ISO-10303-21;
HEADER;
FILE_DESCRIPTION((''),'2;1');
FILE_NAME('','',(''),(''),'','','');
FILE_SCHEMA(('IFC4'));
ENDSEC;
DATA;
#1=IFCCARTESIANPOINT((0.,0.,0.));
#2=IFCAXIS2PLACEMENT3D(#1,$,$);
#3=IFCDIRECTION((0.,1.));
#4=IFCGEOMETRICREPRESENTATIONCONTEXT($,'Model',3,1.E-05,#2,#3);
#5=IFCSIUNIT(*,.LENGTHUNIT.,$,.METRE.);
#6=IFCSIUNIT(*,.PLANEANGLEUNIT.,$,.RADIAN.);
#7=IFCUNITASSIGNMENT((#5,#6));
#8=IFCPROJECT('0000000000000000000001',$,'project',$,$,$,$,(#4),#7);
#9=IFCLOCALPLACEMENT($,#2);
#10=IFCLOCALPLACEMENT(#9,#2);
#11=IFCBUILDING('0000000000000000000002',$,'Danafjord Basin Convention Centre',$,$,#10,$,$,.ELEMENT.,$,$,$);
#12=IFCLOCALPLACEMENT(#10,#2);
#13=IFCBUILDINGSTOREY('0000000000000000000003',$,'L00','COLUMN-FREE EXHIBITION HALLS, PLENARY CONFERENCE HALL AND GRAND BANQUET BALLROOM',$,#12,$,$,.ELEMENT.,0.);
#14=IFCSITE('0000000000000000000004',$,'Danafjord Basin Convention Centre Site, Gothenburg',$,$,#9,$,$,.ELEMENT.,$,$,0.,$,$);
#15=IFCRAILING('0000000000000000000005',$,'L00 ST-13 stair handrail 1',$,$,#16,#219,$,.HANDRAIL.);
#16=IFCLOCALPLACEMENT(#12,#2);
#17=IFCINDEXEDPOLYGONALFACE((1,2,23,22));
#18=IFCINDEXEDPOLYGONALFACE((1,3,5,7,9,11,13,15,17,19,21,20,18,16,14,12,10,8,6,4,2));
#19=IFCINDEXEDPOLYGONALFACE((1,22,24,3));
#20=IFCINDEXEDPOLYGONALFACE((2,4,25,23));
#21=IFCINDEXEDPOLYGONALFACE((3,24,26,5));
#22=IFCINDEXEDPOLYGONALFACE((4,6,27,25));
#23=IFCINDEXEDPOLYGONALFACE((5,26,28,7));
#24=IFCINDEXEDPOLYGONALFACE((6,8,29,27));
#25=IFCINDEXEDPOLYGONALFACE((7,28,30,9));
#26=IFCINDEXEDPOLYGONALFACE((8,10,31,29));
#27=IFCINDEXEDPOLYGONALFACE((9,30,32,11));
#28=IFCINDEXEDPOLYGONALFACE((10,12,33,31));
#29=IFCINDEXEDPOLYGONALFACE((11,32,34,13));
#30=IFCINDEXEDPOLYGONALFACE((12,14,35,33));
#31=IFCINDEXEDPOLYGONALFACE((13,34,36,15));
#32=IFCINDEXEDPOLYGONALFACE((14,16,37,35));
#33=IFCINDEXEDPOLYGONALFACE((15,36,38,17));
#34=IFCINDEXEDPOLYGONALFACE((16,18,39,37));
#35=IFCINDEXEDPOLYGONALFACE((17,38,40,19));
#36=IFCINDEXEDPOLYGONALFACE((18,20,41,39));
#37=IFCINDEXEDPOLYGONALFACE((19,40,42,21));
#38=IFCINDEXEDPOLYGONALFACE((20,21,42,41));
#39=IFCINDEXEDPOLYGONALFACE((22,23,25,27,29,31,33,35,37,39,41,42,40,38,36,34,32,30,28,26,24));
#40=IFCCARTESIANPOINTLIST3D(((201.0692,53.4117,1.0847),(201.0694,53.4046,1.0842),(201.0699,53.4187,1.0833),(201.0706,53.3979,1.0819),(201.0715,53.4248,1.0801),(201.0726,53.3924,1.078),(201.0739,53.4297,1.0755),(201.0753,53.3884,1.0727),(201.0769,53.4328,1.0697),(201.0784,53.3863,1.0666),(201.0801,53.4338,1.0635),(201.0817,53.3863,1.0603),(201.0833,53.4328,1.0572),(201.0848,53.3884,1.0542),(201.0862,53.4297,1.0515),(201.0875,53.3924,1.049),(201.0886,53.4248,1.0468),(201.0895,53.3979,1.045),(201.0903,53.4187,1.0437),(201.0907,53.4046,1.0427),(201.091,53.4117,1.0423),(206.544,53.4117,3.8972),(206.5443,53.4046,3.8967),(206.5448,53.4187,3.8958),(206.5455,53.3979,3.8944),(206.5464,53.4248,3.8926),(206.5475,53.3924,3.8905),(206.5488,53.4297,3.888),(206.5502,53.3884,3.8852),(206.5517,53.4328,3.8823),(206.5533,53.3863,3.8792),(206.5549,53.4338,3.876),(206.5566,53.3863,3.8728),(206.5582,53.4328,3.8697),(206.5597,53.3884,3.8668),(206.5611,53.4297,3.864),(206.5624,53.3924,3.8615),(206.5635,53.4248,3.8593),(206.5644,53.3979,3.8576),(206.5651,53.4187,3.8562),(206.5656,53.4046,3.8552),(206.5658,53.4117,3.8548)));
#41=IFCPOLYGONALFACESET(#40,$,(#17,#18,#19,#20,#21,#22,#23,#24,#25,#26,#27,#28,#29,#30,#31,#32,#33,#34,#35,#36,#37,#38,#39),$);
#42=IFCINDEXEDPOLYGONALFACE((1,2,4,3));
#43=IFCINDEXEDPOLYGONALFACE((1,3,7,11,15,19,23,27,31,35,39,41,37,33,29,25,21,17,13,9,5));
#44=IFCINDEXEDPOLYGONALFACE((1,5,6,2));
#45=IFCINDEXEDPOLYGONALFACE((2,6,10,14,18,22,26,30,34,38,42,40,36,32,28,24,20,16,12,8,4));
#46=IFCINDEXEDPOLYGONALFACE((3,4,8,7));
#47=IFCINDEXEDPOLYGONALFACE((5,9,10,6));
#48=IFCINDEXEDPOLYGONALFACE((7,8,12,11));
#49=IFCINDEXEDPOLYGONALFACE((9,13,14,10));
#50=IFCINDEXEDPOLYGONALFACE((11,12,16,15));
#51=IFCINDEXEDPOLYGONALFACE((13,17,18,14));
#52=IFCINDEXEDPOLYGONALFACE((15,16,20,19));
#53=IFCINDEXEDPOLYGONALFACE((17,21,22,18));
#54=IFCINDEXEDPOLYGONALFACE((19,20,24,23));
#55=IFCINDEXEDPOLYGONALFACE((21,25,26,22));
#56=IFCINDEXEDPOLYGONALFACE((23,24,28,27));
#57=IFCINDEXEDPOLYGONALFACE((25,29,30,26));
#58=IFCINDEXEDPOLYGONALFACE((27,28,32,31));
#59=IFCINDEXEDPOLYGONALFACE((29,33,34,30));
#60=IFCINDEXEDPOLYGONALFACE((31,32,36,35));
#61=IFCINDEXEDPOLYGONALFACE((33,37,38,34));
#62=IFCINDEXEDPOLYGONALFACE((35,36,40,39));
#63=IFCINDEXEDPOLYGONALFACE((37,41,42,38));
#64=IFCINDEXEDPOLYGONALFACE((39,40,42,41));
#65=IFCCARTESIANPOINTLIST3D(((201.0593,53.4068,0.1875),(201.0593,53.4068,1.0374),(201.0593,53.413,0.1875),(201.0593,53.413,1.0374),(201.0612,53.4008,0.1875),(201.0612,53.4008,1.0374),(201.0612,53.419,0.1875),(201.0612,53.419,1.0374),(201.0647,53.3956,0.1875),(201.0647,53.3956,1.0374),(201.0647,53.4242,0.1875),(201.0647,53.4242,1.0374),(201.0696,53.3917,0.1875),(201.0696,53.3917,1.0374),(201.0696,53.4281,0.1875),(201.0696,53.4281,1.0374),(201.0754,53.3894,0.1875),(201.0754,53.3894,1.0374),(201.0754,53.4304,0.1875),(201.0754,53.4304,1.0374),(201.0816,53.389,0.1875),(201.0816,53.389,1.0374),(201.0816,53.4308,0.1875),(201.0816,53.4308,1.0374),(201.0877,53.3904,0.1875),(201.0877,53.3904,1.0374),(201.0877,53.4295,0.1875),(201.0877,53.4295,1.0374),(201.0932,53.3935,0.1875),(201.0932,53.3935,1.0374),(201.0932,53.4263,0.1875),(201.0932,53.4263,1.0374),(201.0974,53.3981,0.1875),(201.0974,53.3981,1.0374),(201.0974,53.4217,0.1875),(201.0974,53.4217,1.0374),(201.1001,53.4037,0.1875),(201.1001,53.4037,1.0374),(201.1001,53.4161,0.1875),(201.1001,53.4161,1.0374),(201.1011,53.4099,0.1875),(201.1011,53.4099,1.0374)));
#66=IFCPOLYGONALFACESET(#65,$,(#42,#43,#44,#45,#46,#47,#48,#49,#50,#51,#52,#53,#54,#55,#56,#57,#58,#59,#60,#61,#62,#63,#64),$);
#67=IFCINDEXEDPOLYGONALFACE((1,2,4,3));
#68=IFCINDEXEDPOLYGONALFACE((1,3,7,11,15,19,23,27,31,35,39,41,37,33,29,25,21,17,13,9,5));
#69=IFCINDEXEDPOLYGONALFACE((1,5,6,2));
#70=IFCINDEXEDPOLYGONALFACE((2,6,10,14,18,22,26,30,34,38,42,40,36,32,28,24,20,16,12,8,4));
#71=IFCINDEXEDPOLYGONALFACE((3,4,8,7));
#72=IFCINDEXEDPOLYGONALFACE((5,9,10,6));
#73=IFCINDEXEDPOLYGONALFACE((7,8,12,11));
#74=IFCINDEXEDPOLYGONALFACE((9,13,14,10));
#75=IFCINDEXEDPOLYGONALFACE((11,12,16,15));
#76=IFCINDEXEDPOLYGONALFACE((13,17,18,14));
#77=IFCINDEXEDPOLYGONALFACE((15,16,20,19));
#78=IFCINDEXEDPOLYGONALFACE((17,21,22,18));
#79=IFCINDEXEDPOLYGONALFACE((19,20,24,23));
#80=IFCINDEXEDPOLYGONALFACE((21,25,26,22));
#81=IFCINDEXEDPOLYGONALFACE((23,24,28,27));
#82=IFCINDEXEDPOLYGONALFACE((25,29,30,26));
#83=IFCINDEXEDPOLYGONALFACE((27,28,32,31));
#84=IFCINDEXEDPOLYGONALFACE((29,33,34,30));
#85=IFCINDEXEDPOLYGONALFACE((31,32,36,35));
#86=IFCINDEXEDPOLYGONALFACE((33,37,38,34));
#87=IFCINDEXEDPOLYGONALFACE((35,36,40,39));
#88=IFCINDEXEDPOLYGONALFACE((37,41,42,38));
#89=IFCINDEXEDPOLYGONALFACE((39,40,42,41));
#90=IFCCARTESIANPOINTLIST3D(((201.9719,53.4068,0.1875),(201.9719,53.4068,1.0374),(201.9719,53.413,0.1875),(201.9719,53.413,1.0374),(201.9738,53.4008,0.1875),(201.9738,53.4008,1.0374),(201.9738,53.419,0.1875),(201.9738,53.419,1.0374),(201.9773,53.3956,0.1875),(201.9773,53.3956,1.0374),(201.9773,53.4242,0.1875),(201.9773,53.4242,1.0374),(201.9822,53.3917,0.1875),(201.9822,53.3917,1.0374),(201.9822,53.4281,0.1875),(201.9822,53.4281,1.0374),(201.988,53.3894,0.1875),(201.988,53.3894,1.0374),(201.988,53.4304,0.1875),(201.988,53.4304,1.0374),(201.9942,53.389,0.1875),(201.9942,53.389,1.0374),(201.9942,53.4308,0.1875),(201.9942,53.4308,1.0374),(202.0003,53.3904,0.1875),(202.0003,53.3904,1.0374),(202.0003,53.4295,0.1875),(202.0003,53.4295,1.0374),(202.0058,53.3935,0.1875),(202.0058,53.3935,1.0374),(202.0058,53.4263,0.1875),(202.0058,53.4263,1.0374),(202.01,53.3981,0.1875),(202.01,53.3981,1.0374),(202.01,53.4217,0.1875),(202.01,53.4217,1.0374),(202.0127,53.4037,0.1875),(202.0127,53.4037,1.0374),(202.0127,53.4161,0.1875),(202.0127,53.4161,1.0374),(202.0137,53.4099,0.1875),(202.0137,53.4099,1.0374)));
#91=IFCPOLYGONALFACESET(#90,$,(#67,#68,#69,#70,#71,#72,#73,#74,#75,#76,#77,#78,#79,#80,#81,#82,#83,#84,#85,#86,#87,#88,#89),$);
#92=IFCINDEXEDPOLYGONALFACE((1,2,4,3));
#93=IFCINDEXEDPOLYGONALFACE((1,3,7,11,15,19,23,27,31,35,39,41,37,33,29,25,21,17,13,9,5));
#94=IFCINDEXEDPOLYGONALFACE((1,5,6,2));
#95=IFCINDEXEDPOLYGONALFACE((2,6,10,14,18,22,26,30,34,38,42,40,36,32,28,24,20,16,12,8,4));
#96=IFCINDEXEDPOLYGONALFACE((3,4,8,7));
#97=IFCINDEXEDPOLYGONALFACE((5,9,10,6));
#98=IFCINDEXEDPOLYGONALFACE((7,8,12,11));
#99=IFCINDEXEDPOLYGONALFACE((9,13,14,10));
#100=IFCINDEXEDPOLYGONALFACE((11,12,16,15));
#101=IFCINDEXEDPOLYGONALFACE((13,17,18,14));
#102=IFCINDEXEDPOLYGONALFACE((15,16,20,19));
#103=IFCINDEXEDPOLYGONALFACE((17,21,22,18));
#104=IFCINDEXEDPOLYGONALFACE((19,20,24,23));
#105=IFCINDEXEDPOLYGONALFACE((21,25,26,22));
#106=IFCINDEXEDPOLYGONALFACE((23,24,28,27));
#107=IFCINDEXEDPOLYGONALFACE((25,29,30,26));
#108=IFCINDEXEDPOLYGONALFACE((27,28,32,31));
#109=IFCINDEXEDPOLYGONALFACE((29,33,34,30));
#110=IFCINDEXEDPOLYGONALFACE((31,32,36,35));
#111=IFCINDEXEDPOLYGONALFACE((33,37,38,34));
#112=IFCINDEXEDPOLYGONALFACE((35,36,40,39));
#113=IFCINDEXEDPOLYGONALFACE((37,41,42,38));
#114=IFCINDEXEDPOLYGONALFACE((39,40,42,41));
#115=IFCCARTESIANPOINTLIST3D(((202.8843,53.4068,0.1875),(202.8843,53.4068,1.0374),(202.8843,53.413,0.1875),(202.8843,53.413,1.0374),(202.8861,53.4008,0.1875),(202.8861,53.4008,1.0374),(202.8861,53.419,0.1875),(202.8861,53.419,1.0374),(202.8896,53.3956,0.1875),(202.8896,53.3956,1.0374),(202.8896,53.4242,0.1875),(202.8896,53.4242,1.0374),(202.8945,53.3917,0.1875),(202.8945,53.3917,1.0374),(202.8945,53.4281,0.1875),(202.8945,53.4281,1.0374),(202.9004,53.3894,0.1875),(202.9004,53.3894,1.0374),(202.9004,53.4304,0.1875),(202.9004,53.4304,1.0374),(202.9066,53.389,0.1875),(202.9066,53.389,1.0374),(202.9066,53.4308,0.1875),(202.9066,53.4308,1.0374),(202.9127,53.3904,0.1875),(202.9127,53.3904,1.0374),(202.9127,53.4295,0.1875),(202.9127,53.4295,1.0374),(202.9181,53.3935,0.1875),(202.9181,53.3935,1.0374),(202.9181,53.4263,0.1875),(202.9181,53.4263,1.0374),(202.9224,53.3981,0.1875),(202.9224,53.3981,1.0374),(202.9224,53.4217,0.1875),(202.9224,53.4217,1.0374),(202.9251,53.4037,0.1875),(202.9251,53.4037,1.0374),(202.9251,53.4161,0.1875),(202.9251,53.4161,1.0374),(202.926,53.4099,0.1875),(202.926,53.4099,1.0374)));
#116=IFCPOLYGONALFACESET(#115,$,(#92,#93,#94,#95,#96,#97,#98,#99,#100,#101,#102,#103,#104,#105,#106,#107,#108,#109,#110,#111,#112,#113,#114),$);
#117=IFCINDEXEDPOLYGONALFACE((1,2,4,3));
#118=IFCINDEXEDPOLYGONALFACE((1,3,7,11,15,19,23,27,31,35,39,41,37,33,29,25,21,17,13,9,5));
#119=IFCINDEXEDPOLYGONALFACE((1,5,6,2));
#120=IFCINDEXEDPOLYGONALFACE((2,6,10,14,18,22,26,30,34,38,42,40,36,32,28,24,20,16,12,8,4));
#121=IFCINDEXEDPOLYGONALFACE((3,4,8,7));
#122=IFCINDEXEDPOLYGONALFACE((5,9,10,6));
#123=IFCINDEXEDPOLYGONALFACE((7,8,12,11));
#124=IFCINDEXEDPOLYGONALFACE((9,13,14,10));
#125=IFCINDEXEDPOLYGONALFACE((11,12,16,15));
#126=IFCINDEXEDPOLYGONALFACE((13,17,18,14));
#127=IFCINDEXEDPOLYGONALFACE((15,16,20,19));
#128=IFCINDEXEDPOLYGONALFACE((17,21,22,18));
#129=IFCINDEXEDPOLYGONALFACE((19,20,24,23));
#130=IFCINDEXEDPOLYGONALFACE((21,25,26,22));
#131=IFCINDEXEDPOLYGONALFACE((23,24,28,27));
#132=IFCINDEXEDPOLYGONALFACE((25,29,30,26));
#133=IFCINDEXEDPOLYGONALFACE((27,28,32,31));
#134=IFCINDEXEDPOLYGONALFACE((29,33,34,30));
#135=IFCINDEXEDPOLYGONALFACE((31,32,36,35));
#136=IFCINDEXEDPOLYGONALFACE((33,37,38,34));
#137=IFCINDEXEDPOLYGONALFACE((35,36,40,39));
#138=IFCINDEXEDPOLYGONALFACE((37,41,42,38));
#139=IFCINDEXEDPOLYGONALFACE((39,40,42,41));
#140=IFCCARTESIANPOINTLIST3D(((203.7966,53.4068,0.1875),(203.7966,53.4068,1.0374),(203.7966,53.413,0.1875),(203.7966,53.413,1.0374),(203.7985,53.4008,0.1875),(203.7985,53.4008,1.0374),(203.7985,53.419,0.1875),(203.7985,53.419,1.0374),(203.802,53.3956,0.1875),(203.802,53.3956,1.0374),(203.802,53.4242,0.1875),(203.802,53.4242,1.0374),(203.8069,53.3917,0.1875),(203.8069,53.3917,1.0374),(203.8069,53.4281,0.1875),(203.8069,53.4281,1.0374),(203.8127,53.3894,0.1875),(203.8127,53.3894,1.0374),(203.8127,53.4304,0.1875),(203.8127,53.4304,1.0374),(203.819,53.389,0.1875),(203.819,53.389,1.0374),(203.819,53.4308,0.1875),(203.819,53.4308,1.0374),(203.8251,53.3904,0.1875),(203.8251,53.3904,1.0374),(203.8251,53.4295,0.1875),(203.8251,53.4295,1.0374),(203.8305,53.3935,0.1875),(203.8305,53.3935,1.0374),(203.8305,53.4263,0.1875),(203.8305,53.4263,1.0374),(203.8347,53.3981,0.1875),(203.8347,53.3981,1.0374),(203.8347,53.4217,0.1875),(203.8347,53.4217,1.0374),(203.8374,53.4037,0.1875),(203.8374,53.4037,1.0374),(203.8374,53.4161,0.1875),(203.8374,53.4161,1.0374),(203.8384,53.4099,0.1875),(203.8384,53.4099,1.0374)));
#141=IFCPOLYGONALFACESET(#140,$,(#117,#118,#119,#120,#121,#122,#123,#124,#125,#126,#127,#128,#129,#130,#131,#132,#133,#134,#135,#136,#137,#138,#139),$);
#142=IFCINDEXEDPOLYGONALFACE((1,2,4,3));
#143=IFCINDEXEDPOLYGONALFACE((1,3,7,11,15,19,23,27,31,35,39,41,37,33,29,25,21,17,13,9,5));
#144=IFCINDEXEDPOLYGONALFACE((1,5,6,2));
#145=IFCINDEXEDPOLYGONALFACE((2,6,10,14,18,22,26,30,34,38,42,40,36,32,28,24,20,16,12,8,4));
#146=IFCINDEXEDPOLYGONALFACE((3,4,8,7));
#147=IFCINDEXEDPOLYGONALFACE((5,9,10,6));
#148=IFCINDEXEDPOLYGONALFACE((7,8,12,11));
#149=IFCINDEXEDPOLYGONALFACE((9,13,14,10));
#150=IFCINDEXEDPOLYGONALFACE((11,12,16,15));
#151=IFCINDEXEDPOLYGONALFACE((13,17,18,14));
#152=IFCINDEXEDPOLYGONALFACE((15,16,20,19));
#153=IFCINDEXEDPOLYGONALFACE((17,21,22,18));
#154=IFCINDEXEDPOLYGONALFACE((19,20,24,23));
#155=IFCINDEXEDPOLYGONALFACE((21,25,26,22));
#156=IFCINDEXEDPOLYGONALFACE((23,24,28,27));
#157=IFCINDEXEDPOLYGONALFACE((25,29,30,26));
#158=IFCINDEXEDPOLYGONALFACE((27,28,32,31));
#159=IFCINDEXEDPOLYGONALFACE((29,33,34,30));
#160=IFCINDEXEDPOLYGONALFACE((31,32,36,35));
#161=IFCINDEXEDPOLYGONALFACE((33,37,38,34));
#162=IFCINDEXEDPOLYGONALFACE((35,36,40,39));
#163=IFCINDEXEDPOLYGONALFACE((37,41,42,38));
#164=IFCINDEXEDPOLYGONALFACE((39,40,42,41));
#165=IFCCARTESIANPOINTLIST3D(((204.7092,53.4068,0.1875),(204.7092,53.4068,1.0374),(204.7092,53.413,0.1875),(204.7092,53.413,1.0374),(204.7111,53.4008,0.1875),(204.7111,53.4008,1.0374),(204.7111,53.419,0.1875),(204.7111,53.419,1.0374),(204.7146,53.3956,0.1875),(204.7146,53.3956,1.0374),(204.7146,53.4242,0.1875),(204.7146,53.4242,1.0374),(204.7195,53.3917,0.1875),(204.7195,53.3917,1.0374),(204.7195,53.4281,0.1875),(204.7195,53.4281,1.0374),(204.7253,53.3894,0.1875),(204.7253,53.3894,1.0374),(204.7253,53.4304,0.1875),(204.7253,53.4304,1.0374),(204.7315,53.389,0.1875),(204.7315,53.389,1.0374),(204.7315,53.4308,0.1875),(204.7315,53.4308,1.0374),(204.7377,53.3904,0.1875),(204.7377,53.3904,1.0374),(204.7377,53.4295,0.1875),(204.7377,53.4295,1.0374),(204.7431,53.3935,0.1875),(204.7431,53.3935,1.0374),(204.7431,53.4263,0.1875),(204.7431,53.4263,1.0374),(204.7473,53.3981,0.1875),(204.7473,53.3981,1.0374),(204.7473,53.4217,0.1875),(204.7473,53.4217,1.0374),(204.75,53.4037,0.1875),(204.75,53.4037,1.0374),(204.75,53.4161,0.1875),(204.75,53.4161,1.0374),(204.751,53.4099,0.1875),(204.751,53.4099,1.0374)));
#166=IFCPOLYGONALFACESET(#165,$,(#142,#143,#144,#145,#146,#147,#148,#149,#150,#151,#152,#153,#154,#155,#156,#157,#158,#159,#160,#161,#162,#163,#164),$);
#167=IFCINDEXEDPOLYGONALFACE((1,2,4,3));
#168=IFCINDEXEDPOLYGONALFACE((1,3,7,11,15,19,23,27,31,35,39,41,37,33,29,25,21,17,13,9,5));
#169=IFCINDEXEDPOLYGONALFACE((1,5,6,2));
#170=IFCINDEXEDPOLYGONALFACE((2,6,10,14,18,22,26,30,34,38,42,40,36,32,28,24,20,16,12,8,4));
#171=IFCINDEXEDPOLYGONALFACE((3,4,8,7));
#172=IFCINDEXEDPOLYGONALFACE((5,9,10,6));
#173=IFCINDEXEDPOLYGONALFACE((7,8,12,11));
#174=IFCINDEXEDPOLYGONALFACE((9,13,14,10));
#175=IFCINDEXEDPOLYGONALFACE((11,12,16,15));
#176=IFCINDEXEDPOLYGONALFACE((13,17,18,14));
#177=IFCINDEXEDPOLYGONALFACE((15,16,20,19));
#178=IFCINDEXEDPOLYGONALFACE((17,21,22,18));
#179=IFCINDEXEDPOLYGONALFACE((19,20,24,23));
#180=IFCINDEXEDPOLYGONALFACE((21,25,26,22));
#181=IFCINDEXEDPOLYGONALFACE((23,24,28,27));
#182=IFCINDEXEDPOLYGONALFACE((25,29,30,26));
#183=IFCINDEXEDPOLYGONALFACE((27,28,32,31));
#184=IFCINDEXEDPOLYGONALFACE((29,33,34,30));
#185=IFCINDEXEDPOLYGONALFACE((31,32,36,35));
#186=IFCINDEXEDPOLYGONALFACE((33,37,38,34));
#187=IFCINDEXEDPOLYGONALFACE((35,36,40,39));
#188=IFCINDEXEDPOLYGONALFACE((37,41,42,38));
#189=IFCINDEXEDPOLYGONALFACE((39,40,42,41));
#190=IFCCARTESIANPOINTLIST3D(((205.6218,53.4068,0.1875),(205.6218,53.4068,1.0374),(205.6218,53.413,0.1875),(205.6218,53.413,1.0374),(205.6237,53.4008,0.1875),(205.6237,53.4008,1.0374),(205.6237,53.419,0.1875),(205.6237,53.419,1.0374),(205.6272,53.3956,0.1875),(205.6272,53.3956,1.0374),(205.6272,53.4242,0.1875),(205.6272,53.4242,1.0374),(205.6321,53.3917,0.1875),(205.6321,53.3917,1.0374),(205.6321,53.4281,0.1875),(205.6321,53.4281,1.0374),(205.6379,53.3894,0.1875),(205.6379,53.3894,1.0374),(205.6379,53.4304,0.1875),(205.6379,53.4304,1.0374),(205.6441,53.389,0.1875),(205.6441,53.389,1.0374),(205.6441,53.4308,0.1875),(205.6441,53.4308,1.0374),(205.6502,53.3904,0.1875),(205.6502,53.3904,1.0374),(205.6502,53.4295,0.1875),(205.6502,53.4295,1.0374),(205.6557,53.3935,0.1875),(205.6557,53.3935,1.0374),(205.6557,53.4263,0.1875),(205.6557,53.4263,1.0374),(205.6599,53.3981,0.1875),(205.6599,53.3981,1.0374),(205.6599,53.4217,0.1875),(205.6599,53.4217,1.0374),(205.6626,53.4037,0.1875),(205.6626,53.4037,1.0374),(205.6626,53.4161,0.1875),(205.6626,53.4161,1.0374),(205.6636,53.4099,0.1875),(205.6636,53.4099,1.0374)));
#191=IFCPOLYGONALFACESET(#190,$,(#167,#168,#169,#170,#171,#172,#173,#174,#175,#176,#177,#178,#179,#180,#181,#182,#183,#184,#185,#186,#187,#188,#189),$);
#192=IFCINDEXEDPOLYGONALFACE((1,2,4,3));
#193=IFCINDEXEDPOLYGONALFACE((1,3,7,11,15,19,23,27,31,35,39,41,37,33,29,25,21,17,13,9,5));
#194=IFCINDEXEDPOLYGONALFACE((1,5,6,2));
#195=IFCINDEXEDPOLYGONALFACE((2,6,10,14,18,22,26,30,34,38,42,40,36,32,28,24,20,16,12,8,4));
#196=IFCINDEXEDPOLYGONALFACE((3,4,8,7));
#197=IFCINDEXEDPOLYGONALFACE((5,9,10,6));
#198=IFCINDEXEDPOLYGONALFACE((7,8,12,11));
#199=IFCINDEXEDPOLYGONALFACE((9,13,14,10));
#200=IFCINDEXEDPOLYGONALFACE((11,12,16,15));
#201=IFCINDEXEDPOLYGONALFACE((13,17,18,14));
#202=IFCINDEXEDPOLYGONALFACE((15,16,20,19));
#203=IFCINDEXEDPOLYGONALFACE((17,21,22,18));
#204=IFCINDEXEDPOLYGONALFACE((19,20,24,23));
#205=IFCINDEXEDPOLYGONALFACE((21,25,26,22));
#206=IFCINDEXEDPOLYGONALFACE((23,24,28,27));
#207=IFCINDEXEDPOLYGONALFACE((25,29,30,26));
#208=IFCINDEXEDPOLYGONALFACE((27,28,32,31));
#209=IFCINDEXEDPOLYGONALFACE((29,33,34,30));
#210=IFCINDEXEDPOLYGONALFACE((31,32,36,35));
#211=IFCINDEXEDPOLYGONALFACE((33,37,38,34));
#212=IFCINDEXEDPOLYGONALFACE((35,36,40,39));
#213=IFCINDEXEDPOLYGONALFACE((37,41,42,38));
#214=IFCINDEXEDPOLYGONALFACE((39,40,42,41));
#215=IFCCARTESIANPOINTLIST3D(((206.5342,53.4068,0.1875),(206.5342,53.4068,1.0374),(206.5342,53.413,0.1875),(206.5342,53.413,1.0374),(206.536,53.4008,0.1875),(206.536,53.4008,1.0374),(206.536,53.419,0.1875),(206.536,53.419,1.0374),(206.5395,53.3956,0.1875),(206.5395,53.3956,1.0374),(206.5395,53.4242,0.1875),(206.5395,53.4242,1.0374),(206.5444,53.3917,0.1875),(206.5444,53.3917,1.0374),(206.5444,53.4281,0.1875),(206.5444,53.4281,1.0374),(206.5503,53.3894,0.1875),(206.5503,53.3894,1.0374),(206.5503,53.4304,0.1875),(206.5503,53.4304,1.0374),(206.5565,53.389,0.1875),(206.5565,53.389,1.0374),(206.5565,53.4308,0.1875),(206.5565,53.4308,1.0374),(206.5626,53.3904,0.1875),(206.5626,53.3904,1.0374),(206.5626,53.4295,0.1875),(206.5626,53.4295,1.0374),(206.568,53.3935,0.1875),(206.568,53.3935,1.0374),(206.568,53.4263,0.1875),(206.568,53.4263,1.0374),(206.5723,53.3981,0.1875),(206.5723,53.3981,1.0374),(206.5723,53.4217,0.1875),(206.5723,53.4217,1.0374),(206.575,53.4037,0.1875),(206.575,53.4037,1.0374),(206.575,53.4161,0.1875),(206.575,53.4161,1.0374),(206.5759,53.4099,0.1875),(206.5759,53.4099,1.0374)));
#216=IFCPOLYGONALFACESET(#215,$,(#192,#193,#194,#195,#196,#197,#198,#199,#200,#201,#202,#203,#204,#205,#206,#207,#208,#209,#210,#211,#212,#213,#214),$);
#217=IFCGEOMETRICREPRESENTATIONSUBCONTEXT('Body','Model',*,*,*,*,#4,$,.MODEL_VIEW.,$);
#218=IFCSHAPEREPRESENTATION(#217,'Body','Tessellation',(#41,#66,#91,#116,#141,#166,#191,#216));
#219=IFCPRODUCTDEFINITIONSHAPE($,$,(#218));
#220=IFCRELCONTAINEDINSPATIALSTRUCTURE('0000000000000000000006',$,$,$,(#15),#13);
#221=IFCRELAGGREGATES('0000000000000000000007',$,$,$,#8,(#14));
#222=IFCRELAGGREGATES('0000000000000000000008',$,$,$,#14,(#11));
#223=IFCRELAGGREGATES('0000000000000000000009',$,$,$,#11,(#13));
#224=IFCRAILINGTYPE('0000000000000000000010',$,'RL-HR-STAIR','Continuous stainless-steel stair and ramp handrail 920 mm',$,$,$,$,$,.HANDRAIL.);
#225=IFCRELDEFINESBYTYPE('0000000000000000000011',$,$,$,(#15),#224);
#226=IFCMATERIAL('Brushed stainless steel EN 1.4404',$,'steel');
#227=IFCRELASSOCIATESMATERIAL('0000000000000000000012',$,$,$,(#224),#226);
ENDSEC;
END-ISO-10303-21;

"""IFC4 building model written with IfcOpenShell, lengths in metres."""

from ifc_helpers import new_model, si_unit, direction, frame, origin, origin_2d, place, context, subcontext, project, spatial, circle, extrude, material, type_object, element, save


model = new_model("IFC4")

# Units and contexts
model_context = context("Model", 3, precision=1e-05, world=origin(), true_north=direction((0.0, 1.0)))
body_context = subcontext(model_context, "Body", "Model", "MODEL_VIEW")
ifc_project = project(units=[si_unit("LENGTHUNIT", "METRE"), si_unit("PLANEANGLEUNIT", "RADIAN")], contexts=[model_context])

# Site, building, storey
site_placement = place(None, origin())
site = spatial("IfcSite", under=ifc_project, at=site_placement, Name="Danafjord Basin Convention Centre Site, Gothenburg", CompositionType="ELEMENT", RefElevation=0.0)
building_placement = place(site_placement, origin())
building = spatial("IfcBuilding", under=site, at=building_placement, Name="Danafjord Basin Convention Centre", CompositionType="ELEMENT")
storey_placement = place(building_placement, origin())
storey = spatial("IfcBuildingStorey", under=building, at=storey_placement, Name="L00", Description="COLUMN-FREE EXHIBITION HALLS, PLENARY CONFERENCE HALL AND GRAND BANQUET BALLROOM", CompositionType="ELEMENT", Elevation=0.0)

# Railing
ifc_material_1 = material(Name="Brushed stainless steel EN 1.4404", Category="steel")
railing_type_1 = type_object("IfcRailingType", Name="RL-HR-STAIR", Description="Continuous stainless-steel stair and ramp handrail 920 mm", PredefinedType="HANDRAIL", material=ifc_material_1)
railing_1_placement = place(storey_placement, frame((201.0801, 53.4099, 0.1875)))
element("IfcRailing", 1, at=railing_1_placement, inside=storey, type_object=railing_type_1, Name="L00 ST-13 stair handrail 1", PredefinedType="HANDRAIL", context=body_context, shape_type="SweptSolid", body=[
    extrude(circle(Radius=0.0239, at=origin_2d()), frame((0.0, 0.0, 0.876), z_axis=(0.889495, 0.0, 0.456945), x_axis=(0.0, 1.0, 0.0)), (0.0, 0.0, 1.0), 6.155),
    extrude(circle(Radius=0.021, at=origin_2d()), origin(), (0.0, 0.0, 1.0), 0.8499),
    extrude(circle(Radius=0.021, at=origin_2d()), frame((0.9126, 0.0, 0.0)), (0.0, 0.0, 1.0), 0.8499),
    extrude(circle(Radius=0.021, at=origin_2d()), frame((1.825, 0.0, 0.0)), (0.0, 0.0, 1.0), 0.8499),
    extrude(circle(Radius=0.021, at=origin_2d()), frame((2.7373, 0.0, 0.0)), (0.0, 0.0, 1.0), 0.8499),
    extrude(circle(Radius=0.021, at=origin_2d()), frame((3.6499, 0.0, 0.0)), (0.0, 0.0, 1.0), 0.8499),
    extrude(circle(Radius=0.021, at=origin_2d()), frame((4.5625, 0.0, 0.0)), (0.0, 0.0, 1.0), 0.8499),
    extrude(circle(Radius=0.021, at=origin_2d()), frame((5.4749, 0.0, 0.0)), (0.0, 0.0, 1.0), 0.8499),
])

save(model, "model.ifc")
